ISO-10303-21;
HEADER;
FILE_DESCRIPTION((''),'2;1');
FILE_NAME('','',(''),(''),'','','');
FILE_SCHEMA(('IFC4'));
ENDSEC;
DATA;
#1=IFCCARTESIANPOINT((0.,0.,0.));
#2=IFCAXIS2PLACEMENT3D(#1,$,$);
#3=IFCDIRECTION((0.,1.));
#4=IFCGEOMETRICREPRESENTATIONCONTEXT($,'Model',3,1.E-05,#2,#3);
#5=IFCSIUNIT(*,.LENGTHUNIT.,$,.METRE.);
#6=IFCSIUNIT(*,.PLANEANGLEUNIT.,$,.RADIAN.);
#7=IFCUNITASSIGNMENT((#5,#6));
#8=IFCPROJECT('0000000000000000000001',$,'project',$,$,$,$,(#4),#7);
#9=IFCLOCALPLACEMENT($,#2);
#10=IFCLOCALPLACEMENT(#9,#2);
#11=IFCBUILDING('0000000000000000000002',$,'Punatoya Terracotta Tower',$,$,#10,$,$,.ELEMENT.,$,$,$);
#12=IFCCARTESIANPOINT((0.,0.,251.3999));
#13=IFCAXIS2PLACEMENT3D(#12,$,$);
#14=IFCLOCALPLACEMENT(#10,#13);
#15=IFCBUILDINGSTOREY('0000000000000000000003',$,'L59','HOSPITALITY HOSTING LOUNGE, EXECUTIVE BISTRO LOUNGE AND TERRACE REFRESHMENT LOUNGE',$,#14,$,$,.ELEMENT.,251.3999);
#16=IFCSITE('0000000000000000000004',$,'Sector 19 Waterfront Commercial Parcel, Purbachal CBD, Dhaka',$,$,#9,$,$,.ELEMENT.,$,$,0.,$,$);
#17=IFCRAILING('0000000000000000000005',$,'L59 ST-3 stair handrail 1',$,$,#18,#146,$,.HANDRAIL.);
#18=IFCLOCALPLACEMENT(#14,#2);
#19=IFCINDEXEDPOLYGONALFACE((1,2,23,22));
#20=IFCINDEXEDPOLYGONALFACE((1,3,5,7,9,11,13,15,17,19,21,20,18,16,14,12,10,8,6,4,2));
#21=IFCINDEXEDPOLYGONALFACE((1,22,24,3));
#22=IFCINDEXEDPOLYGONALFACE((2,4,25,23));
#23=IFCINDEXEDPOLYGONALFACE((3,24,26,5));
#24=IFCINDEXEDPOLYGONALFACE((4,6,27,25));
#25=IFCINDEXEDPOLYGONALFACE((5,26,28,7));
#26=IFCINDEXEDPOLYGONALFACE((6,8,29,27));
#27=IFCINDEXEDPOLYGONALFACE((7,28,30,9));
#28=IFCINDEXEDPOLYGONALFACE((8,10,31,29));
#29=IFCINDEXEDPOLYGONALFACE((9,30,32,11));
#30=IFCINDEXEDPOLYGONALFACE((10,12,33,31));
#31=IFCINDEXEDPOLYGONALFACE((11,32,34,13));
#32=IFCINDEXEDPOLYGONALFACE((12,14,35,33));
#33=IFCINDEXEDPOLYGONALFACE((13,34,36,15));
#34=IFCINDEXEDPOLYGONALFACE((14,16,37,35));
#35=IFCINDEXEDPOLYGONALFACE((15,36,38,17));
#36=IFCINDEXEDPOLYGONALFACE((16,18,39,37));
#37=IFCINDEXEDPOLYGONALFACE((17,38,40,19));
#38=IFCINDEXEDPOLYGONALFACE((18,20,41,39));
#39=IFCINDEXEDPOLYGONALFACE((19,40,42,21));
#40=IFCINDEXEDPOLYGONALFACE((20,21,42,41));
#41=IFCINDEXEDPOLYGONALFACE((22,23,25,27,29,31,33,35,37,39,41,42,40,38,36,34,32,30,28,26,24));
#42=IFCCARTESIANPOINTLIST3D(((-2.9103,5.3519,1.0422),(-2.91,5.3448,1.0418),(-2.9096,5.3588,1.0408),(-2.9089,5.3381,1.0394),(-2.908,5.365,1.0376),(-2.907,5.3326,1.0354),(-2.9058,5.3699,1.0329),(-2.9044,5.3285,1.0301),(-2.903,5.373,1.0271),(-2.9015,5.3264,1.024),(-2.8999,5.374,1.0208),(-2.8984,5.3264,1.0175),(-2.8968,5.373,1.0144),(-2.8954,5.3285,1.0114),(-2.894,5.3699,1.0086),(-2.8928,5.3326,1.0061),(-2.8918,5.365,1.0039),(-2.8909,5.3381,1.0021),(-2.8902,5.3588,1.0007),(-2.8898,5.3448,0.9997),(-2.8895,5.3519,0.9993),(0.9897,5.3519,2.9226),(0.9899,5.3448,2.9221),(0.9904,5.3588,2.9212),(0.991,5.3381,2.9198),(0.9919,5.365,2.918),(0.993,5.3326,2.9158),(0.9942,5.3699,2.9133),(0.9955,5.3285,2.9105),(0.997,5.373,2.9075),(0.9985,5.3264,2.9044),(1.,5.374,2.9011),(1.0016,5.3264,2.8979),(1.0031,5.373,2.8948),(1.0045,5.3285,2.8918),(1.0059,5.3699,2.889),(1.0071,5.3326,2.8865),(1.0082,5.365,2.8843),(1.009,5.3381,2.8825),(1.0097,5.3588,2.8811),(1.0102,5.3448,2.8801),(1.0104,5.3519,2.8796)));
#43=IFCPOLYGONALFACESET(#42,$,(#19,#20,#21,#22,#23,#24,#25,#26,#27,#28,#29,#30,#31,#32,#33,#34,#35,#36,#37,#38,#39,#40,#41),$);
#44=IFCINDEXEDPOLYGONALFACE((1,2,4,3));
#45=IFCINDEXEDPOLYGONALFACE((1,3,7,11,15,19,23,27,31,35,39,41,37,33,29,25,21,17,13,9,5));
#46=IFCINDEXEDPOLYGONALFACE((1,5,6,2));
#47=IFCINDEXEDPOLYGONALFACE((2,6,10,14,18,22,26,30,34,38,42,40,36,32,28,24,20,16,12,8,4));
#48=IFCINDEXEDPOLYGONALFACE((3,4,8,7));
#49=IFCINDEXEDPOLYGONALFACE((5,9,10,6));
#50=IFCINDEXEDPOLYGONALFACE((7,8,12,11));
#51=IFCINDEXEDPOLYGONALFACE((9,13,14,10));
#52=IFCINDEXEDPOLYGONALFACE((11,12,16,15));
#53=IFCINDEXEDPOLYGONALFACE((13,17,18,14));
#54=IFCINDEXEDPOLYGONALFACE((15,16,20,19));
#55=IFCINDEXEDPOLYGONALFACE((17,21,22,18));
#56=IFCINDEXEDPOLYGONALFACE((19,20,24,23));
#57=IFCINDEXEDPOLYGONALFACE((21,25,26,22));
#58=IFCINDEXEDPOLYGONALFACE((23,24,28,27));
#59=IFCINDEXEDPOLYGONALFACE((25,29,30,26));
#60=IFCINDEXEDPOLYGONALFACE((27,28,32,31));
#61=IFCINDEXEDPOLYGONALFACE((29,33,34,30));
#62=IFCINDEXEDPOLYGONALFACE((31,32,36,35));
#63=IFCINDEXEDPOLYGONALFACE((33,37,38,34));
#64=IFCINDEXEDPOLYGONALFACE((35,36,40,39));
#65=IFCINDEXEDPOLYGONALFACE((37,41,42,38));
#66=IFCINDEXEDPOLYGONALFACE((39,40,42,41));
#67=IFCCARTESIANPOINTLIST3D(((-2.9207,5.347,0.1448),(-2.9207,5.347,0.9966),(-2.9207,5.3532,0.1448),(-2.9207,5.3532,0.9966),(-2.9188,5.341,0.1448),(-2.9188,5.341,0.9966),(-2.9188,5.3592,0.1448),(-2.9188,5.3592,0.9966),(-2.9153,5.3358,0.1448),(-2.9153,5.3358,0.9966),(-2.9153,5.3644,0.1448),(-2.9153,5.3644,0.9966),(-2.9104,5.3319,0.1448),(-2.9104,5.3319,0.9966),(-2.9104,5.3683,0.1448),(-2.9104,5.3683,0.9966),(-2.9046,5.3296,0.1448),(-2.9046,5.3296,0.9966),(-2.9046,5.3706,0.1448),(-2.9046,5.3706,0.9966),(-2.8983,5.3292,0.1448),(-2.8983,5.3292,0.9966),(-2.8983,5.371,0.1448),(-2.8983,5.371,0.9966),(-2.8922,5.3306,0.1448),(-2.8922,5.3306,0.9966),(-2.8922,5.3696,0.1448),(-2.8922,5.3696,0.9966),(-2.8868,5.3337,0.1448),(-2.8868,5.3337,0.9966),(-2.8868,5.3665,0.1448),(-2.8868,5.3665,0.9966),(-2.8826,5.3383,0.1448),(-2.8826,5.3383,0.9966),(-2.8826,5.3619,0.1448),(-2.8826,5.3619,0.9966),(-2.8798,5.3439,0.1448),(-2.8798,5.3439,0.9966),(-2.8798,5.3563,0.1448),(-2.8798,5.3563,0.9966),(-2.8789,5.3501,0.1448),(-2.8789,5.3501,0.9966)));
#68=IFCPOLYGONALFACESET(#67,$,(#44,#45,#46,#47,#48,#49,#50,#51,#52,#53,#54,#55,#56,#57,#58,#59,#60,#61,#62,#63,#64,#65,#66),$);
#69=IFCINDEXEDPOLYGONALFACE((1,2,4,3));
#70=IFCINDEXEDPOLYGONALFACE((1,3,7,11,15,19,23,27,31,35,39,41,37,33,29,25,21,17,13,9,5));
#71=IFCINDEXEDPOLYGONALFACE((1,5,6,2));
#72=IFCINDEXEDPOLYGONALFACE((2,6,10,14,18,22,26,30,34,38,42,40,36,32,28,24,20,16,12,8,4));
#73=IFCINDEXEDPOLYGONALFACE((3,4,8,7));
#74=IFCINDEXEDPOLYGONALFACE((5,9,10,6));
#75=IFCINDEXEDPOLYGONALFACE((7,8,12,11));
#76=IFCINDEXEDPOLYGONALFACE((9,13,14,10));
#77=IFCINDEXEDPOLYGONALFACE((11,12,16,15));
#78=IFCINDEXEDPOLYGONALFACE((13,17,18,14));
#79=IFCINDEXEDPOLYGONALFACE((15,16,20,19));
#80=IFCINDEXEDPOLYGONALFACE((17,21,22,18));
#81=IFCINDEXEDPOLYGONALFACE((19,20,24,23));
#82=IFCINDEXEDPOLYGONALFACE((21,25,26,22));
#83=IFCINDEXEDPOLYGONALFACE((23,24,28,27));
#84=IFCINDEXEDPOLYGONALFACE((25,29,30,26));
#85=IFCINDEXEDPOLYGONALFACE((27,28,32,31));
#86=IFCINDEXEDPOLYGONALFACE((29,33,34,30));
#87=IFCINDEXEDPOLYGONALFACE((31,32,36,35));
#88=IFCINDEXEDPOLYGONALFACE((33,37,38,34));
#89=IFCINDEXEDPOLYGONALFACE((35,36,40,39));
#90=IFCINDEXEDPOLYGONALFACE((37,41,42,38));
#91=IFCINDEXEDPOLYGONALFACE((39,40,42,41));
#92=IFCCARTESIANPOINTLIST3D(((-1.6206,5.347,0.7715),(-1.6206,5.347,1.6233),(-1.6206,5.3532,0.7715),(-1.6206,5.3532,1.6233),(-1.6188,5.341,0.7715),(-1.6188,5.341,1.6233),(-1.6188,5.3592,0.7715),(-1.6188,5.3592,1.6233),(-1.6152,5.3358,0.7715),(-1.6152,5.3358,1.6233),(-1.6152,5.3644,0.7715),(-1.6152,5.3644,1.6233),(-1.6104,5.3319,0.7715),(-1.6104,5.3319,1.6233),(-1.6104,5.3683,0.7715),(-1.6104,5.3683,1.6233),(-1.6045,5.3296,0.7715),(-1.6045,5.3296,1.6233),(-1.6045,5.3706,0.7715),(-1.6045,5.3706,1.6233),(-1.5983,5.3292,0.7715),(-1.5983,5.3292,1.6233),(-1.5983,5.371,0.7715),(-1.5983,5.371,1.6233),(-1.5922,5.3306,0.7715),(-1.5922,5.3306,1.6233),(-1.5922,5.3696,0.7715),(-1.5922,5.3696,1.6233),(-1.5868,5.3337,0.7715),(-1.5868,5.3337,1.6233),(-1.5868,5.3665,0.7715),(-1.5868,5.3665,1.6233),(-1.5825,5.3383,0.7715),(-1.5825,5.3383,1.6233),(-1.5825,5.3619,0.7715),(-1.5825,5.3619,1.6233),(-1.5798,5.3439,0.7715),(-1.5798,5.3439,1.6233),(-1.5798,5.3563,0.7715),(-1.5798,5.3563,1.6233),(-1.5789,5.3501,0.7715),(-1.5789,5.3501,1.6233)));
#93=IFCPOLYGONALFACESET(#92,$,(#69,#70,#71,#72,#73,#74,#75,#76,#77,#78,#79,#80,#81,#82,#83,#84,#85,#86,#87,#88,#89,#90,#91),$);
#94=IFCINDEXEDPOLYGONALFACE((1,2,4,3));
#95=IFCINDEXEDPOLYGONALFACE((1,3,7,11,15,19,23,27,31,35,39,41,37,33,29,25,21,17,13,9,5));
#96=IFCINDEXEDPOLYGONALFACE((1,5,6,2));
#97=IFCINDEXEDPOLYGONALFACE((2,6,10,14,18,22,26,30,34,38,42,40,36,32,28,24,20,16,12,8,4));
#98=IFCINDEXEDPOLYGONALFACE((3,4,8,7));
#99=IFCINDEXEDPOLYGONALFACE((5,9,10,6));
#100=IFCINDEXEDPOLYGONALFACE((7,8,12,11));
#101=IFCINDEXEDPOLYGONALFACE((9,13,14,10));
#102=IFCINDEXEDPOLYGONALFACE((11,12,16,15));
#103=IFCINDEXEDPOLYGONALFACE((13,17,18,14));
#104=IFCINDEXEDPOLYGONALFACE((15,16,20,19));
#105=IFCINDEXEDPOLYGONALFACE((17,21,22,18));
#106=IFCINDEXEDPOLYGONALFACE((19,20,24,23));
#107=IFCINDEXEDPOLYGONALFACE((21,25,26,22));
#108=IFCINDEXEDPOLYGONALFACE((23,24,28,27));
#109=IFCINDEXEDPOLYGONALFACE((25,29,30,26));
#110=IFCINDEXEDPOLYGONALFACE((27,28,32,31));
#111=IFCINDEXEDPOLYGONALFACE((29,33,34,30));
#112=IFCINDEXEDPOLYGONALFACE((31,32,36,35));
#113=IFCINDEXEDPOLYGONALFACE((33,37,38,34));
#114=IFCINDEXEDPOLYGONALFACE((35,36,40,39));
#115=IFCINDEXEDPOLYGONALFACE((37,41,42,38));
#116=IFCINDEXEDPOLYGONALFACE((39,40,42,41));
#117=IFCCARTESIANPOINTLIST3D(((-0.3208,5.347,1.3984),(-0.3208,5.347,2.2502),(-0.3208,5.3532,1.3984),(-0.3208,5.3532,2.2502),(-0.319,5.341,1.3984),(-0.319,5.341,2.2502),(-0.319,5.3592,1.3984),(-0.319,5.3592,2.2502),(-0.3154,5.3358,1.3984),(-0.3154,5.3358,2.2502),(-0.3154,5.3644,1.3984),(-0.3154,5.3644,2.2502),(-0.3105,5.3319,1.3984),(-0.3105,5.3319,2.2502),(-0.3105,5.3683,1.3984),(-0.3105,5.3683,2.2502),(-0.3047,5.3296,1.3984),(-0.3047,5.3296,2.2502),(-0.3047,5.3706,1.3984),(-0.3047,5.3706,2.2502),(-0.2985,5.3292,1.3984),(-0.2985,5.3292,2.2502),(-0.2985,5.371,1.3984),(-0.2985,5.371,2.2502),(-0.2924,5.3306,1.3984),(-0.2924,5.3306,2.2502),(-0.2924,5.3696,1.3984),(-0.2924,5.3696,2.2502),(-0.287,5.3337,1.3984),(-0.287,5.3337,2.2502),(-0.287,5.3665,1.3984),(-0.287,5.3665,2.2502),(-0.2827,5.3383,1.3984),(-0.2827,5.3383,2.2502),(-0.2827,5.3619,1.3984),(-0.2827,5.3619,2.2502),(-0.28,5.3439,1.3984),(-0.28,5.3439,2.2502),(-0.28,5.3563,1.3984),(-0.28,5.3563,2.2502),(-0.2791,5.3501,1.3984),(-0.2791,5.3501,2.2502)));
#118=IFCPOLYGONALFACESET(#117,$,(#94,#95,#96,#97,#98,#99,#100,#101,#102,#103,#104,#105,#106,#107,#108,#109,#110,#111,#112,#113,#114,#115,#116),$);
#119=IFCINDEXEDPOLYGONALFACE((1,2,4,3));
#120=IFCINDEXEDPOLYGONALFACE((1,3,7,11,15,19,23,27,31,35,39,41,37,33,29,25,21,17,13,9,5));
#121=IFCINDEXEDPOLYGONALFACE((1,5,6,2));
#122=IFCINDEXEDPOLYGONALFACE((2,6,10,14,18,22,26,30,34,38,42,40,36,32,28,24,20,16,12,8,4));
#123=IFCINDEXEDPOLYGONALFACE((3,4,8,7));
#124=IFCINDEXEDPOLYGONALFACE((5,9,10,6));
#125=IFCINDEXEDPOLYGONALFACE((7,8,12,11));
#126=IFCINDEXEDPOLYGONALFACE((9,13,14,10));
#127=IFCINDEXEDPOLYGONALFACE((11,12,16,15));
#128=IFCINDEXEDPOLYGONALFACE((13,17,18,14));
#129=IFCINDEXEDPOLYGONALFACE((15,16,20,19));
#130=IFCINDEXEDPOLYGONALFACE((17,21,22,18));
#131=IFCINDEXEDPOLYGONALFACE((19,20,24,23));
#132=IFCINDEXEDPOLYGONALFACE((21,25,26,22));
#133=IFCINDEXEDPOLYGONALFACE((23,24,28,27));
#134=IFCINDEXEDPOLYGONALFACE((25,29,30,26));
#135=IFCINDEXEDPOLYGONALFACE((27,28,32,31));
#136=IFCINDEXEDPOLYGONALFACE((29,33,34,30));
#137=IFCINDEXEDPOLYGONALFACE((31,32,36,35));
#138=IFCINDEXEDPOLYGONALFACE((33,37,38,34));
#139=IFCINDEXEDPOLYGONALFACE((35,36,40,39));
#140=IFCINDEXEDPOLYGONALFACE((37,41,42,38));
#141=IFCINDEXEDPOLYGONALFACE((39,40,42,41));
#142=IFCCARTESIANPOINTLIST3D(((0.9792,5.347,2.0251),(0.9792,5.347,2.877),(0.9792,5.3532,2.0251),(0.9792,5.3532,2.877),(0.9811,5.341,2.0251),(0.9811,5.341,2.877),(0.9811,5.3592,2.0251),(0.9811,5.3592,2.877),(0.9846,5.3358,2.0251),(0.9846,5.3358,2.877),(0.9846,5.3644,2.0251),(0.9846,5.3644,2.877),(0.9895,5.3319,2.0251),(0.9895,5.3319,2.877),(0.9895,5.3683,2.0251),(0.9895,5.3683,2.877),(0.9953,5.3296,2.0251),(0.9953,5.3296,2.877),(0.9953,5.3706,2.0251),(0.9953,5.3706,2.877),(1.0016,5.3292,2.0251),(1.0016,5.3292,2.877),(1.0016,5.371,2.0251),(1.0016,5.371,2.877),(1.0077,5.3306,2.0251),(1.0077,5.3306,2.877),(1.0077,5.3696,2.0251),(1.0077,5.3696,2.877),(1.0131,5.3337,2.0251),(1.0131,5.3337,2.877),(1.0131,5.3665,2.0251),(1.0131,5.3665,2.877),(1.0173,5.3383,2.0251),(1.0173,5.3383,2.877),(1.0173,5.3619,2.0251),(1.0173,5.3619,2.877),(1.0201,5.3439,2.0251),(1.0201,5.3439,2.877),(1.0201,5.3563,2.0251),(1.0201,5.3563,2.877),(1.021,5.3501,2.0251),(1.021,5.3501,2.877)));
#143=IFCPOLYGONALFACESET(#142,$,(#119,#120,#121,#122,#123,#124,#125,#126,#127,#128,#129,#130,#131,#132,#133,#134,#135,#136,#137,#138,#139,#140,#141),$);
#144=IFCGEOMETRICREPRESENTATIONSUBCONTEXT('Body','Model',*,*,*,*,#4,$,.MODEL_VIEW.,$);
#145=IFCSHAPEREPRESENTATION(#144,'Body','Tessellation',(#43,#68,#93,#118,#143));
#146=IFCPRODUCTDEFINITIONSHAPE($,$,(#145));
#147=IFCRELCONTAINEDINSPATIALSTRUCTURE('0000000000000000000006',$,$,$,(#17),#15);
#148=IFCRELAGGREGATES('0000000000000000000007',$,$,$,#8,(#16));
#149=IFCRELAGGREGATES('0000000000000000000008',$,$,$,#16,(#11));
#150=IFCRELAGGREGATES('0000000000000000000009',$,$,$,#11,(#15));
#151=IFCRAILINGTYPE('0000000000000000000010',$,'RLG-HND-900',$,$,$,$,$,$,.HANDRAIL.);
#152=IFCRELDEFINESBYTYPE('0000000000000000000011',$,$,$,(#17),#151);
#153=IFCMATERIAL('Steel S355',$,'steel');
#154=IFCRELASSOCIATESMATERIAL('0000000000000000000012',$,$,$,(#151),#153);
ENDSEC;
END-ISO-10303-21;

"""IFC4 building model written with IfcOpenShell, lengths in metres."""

from ifc_helpers import new_model, si_unit, direction, frame, origin, origin_2d, place, context, subcontext, project, spatial, circle, extrude, material, type_object, element, save


model = new_model("IFC4")

# Units and contexts
model_context = context("Model", 3, precision=1e-05, world=origin(), true_north=direction((0.0, 1.0)))
body_context = subcontext(model_context, "Body", "Model", "MODEL_VIEW")
ifc_project = project(units=[si_unit("LENGTHUNIT", "METRE"), si_unit("PLANEANGLEUNIT", "RADIAN")], contexts=[model_context])

# Site, building, storey
site_placement = place(None, origin())
site = spatial("IfcSite", under=ifc_project, at=site_placement, Name="Sector 19 Waterfront Commercial Parcel, Purbachal CBD, Dhaka", CompositionType="ELEMENT", RefElevation=0.0)
building_placement = place(site_placement, origin())
building = spatial("IfcBuilding", under=site, at=building_placement, Name="Punatoya Terracotta Tower", CompositionType="ELEMENT")
storey_placement = place(building_placement, frame((0.0, 0.0, 251.3999)))
storey = spatial("IfcBuildingStorey", under=building, at=storey_placement, Name="L59", Description="HOSPITALITY HOSTING LOUNGE, EXECUTIVE BISTRO LOUNGE AND TERRACE REFRESHMENT LOUNGE", CompositionType="ELEMENT", Elevation=251.3999)

# Railing
ifc_material_1 = material(Name="Steel S355", Category="steel")
railing_type_1 = type_object("IfcRailingType", Name="RLG-HND-900", PredefinedType="HANDRAIL", material=ifc_material_1)
railing_1_placement = place(storey_placement, frame((-2.8999, 5.3501, 0.1448)))
element("IfcRailing", 1, at=railing_1_placement, inside=storey, type_object=railing_type_1, Name="L59 ST-3 stair handrail 1", PredefinedType="HANDRAIL", context=body_context, shape_type="SweptSolid", body=[
    extrude(circle(Radius=0.0239, at=origin_2d()), frame((0.0, 0.0, 0.876), z_axis=(0.900763, 0.0, 0.434311), x_axis=(0.0, 1.0, 0.0)), (0.0, 0.0, 1.0), 4.3296),
    extrude(circle(Radius=0.021, at=origin_2d()), origin(), (0.0, 0.0, 1.0), 0.8518),
    extrude(circle(Radius=0.021, at=origin_2d()), frame((1.3, 0.0, 0.6267)), (0.0, 0.0, 1.0), 0.8518),
    extrude(circle(Radius=0.021, at=origin_2d()), frame((2.5999, 0.0, 1.2537)), (0.0, 0.0, 1.0), 0.8518),
    extrude(circle(Radius=0.021, at=origin_2d()), frame((3.8999, 0.0, 1.8804)), (0.0, 0.0, 1.0), 0.8518),
])

save(model, "model.ifc")
